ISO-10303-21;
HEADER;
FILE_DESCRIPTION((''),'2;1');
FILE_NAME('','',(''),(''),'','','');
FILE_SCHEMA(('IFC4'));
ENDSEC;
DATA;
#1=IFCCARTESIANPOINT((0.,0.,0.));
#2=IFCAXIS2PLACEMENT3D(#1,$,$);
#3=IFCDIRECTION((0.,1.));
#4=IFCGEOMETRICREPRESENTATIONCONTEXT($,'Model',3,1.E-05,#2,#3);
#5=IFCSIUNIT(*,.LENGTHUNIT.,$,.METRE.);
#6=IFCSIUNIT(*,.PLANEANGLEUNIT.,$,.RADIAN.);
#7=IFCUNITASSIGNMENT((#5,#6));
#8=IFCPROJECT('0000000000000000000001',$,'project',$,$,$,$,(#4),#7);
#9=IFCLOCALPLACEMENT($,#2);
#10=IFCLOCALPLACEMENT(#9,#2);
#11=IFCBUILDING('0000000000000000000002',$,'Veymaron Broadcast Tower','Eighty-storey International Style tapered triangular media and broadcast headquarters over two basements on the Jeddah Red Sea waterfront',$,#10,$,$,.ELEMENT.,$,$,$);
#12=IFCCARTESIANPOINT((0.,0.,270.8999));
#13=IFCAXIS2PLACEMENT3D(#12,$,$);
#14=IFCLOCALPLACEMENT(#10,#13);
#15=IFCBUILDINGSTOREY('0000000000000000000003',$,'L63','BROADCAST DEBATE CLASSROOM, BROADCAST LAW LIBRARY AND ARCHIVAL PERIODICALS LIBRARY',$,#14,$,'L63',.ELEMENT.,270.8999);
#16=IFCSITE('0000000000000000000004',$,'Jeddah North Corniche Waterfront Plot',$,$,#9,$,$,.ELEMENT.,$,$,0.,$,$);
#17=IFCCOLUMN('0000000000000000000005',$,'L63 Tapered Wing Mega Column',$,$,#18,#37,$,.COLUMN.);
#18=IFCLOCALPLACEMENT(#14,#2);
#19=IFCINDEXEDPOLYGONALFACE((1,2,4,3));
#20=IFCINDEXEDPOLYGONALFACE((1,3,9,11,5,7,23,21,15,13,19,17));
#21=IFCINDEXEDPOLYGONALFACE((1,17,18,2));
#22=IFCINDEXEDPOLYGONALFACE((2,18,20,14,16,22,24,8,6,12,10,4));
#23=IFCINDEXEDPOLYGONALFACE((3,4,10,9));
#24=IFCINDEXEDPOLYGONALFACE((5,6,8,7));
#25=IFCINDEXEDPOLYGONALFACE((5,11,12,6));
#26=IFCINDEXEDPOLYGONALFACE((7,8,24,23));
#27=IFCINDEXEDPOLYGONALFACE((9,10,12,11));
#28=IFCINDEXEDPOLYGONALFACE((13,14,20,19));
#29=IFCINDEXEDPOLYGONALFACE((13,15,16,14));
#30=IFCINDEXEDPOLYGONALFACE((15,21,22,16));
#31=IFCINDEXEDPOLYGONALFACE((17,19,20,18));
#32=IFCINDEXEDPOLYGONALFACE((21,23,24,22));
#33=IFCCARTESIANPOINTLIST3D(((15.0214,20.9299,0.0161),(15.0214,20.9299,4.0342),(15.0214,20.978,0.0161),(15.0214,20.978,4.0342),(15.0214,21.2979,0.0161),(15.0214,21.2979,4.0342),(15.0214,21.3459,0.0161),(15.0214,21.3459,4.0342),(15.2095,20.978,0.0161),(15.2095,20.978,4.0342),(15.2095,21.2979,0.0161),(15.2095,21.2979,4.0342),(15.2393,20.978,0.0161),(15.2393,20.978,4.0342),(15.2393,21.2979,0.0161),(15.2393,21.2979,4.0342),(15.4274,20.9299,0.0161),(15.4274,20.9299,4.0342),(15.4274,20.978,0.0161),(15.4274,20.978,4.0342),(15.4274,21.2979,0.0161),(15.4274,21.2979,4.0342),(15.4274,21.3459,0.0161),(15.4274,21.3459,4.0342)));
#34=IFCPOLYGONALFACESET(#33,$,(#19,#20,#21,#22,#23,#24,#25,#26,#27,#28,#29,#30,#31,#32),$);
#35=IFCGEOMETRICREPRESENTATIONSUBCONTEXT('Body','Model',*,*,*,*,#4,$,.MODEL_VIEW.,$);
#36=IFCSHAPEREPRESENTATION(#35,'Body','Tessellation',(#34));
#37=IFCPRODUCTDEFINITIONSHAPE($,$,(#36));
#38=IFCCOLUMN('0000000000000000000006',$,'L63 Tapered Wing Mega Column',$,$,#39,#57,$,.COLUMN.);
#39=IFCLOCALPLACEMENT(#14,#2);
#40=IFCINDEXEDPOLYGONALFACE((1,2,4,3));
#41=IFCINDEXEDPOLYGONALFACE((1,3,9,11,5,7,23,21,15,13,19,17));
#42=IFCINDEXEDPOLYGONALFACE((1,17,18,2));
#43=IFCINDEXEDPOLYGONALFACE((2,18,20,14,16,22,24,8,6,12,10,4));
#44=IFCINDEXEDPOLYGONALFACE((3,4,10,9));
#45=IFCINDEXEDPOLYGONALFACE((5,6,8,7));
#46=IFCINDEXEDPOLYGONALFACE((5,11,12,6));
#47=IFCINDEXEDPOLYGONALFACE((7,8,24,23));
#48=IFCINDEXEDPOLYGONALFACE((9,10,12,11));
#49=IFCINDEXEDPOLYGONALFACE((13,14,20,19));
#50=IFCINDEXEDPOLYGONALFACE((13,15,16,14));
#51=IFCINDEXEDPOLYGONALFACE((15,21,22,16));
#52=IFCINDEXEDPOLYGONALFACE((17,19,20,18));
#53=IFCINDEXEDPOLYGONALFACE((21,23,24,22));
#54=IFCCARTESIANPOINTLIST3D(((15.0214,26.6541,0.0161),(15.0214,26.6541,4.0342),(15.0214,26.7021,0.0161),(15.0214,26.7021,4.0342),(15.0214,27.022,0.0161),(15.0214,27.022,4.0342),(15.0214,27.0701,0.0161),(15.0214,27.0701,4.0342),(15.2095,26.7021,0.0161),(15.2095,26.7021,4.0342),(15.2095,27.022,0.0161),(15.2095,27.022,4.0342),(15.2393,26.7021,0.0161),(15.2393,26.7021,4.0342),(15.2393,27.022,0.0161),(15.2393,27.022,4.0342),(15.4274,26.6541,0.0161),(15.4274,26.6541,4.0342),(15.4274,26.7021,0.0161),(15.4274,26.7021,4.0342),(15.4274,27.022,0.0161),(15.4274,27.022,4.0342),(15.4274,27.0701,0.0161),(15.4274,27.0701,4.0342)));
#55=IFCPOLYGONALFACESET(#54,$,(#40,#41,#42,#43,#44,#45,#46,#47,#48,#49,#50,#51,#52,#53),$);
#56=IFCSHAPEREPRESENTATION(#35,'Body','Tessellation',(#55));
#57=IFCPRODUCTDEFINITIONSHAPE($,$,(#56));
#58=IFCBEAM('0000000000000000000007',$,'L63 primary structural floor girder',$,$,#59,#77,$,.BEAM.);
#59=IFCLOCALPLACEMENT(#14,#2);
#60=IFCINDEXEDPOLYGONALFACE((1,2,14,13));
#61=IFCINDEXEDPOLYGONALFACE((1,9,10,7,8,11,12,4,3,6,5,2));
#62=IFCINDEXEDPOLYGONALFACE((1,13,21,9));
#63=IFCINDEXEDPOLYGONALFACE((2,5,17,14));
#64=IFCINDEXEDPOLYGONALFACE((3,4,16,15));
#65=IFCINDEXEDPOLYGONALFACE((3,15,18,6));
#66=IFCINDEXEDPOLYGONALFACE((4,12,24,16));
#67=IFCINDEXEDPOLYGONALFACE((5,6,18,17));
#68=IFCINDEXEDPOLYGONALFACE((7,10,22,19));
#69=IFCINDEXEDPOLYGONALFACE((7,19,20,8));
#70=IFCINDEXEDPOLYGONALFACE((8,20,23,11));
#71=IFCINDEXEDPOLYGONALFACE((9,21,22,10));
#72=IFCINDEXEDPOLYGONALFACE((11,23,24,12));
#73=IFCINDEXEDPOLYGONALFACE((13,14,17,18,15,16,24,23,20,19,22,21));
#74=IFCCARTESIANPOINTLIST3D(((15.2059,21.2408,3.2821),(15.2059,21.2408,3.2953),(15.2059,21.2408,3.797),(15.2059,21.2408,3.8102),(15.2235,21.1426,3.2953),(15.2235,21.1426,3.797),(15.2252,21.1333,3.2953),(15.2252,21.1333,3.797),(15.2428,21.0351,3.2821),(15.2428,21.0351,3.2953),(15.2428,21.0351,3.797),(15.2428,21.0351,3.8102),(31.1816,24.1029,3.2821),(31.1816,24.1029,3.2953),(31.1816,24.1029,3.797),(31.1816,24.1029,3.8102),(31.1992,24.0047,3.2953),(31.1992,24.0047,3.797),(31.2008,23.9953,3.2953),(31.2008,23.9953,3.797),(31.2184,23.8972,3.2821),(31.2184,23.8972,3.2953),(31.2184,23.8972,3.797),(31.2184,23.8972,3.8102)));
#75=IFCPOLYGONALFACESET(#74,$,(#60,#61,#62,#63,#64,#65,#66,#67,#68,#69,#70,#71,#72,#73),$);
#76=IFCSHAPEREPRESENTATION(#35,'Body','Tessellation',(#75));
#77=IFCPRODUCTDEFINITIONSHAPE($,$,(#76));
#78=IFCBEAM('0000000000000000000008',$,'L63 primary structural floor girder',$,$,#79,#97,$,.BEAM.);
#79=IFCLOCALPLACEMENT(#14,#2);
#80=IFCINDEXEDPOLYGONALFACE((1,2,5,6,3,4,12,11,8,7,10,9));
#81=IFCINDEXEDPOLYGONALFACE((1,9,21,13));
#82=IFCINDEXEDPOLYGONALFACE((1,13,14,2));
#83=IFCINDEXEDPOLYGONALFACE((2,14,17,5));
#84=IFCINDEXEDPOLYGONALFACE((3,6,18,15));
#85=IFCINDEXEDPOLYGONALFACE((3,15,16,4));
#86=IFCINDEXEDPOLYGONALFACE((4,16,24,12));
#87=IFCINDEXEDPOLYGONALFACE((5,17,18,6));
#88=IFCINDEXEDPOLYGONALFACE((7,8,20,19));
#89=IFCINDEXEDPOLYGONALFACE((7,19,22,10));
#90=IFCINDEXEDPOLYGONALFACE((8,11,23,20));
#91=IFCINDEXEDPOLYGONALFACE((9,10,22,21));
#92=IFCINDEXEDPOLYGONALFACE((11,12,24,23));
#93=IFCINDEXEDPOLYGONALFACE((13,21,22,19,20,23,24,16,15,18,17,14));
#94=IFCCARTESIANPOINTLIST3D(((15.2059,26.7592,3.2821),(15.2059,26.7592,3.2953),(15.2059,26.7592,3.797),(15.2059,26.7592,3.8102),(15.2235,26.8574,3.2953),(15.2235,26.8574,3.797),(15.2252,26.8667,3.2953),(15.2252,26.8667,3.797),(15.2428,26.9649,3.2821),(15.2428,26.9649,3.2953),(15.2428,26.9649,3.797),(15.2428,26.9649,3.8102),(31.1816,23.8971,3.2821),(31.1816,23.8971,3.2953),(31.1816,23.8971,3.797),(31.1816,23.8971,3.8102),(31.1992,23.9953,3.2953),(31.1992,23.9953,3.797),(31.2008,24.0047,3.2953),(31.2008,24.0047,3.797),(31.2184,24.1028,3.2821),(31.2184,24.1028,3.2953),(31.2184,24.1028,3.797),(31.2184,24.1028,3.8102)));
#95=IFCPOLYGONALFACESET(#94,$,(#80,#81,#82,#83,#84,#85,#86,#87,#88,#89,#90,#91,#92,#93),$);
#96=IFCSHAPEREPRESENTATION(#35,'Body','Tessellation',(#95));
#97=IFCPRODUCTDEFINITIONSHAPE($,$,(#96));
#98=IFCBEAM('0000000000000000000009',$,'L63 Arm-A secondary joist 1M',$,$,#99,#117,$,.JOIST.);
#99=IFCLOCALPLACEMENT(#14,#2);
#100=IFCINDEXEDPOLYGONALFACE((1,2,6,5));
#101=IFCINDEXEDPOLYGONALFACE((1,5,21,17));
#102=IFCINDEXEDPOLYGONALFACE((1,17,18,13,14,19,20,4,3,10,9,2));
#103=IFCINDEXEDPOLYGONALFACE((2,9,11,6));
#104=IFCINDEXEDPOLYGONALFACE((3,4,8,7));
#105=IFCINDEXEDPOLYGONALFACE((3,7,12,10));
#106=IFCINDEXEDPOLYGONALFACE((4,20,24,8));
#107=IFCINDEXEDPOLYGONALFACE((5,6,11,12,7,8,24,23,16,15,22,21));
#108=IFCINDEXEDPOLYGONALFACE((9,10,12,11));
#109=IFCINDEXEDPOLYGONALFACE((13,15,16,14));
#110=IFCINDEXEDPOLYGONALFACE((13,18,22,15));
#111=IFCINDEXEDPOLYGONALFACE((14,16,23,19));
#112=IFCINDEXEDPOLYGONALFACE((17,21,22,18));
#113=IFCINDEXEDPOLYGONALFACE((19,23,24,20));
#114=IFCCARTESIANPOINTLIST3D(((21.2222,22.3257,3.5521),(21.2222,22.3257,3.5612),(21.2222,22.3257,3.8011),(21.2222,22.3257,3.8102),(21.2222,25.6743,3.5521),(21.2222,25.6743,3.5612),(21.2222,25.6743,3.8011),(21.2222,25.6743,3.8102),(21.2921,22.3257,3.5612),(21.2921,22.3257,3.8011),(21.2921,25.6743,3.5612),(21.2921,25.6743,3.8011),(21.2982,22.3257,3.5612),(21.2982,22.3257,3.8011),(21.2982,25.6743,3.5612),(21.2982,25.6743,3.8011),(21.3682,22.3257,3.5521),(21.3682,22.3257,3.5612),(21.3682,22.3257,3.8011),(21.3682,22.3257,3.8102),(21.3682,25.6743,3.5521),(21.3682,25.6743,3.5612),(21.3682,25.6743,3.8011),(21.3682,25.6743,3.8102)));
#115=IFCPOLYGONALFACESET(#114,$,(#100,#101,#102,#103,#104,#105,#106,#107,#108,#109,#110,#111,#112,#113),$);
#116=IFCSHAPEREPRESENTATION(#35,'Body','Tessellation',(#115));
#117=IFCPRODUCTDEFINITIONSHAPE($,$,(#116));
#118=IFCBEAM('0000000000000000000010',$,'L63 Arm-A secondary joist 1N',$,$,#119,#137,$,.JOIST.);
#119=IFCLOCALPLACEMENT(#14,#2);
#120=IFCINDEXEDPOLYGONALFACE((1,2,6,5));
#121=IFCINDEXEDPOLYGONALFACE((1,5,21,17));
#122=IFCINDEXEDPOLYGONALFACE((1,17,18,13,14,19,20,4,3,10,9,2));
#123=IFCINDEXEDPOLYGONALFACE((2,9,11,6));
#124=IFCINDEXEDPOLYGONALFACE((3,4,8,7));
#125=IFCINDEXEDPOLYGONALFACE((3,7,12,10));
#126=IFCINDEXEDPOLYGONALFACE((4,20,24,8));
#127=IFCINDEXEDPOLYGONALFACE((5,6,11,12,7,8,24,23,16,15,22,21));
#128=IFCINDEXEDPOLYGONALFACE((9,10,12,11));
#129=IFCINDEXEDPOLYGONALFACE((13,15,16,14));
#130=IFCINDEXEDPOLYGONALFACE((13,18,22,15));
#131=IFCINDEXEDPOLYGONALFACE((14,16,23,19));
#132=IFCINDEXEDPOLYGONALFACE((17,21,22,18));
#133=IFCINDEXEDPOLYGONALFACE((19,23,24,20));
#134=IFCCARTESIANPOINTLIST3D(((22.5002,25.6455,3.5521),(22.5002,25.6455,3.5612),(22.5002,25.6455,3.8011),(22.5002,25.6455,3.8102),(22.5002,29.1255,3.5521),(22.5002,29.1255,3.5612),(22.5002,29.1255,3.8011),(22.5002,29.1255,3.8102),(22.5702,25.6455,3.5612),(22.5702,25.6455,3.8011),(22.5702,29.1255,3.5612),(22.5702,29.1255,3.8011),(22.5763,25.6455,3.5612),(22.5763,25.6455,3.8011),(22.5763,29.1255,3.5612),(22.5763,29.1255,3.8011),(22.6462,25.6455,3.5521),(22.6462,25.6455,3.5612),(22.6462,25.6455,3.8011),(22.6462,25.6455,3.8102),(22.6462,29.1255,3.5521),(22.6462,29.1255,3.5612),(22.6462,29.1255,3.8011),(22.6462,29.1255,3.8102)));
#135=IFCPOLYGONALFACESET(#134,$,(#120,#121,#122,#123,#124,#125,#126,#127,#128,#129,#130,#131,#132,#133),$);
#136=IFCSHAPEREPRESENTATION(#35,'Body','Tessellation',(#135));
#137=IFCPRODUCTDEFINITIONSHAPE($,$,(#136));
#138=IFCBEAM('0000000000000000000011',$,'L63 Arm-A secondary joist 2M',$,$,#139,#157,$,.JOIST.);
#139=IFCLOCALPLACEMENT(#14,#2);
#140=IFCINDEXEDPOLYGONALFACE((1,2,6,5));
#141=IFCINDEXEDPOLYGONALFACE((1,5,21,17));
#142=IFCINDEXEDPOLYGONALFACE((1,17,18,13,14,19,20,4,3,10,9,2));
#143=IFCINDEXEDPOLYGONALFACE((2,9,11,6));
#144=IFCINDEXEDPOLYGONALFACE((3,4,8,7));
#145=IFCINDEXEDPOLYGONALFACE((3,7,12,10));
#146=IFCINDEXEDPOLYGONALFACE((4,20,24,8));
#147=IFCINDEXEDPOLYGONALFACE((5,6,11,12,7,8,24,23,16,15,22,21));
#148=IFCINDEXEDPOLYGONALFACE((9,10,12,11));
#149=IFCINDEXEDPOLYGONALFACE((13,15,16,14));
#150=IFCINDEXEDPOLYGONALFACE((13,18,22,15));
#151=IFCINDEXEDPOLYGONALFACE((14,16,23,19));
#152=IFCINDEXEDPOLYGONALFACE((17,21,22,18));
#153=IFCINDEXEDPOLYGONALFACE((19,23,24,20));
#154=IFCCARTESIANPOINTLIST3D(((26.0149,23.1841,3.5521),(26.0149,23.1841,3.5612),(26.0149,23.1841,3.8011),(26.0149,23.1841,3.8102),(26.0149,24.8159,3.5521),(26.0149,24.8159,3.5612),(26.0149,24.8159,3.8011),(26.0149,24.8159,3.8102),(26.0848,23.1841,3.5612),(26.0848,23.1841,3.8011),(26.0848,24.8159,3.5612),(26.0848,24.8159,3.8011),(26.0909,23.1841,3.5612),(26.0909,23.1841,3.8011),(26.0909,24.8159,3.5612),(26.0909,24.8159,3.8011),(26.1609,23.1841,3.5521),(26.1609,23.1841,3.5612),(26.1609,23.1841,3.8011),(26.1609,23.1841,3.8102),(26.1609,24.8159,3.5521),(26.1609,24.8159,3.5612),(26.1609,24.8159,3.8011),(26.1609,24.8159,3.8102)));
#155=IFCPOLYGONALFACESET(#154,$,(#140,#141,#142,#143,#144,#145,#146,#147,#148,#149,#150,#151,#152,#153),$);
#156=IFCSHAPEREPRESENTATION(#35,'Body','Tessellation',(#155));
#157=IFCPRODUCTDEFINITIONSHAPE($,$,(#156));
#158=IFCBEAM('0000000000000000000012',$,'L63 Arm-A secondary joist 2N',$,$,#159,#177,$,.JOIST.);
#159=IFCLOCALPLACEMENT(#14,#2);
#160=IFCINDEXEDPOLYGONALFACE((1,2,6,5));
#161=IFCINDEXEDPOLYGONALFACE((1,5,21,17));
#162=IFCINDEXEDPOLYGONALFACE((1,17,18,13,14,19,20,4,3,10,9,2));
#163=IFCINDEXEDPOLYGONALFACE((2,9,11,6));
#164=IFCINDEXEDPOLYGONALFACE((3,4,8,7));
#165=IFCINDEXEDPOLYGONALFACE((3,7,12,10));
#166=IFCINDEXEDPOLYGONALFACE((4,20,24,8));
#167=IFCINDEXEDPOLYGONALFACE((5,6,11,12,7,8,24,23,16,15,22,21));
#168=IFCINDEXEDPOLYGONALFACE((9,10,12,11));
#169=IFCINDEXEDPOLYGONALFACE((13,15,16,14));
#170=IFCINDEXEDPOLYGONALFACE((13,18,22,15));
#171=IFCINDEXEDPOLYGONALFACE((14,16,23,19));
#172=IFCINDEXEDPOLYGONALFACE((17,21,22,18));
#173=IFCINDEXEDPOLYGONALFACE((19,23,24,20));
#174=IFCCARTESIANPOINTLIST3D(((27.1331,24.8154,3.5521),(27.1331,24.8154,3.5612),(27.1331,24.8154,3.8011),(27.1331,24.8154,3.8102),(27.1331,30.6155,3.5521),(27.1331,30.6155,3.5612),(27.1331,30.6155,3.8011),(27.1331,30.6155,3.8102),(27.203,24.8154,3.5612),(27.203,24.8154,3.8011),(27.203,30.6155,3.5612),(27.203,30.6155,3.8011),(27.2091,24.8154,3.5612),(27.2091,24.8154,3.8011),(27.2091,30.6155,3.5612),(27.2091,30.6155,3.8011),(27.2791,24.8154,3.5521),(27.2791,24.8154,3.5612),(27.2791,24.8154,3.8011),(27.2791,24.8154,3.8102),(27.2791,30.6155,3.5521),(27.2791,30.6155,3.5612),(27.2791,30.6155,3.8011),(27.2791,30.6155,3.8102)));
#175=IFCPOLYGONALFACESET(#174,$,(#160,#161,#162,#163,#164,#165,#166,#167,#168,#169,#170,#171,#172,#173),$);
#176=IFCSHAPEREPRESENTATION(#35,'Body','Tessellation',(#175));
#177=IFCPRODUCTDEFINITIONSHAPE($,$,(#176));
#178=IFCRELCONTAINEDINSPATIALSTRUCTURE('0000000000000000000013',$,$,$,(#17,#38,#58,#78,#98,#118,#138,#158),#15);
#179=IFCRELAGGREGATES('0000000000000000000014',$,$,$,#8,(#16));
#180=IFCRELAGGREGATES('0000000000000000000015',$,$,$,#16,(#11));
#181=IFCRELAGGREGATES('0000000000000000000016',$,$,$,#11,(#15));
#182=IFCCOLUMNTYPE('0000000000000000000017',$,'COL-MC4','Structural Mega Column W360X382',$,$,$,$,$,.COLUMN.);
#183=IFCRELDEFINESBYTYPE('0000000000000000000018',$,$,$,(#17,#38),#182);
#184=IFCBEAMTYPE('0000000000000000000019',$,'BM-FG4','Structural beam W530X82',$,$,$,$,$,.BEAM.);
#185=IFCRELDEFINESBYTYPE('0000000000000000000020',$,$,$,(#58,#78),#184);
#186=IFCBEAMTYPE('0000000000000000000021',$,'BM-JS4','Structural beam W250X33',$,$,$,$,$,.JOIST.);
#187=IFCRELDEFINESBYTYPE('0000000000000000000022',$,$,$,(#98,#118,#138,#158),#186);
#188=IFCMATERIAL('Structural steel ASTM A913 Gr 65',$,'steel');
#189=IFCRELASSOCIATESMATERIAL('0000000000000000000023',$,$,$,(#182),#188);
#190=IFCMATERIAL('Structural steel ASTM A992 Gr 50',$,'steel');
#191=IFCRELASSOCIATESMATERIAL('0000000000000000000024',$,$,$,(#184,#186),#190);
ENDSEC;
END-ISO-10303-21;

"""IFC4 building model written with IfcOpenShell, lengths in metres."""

from ifc_helpers import new_model, si_unit, direction, frame, origin, origin_2d, place, context, subcontext, project, spatial, i_section, extrude, material, material_profile, profile_set, type_object, element, save


model = new_model("IFC4")

# Units and contexts
model_context = context("Model", 3, precision=1e-05, world=origin(), true_north=direction((0.0, 1.0)))
body_context = subcontext(model_context, "Body", "Model", "MODEL_VIEW")
ifc_project = project(units=[si_unit("LENGTHUNIT", "METRE"), si_unit("PLANEANGLEUNIT", "RADIAN")], contexts=[model_context])

# Site, building, storey
site_placement = place(None, origin())
site = spatial("IfcSite", under=ifc_project, at=site_placement, Name="Jeddah North Corniche Waterfront Plot", CompositionType="ELEMENT", RefElevation=0.0)
building_placement = place(site_placement, origin())
building = spatial("IfcBuilding", under=site, at=building_placement, Name="Veymaron Broadcast Tower", Description="Eighty-storey International Style tapered triangular media and broadcast headquarters over two basements on the Jeddah Red Sea waterfront", CompositionType="ELEMENT")
storey_placement = place(building_placement, frame((0.0, 0.0, 270.8999)))
storey = spatial("IfcBuildingStorey", under=building, at=storey_placement, Name="L63", Description="BROADCAST DEBATE CLASSROOM, BROADCAST LAW LIBRARY AND ARCHIVAL PERIODICALS LIBRARY", LongName="L63", CompositionType="ELEMENT", Elevation=270.8999)

# Columns
ifc_material_1 = material(Name="Structural steel ASTM A913 Gr 65", Category="steel")
ifc_material_profile_1 = material_profile(ifc_material_1, i_section(OverallWidth=0.406, OverallDepth=0.416, WebThickness=0.0298, FlangeThickness=0.0481, at=origin_2d()), Name="W360X382")
ifc_profile_set_1 = profile_set([ifc_material_profile_1], Name="Structural steel ASTM A913 Gr 65")
column_type = type_object("IfcColumnType", Name="COL-MC4", Description="Structural Mega Column W360X382", PredefinedType="COLUMN", material=ifc_profile_set_1)
for number, where, z_axis, x_axis, name in (
    (1, (15.2244, 21.1379, 0.0161), (0.0, 0.0, 1.0), (1.0, 0.0, 0.0), "L63 Tapered Wing Mega Column"),
    (2, (15.2244, 26.8621, 0.0161), (0.0, 0.0, 1.0), (1.0, 0.0, 0.0), "L63 Tapered Wing Mega Column"),
):
    element("IfcColumn", number, at=place(storey_placement, frame(where, z_axis=z_axis, x_axis=x_axis)), inside=storey, type_object=column_type, Name=name, PredefinedType="COLUMN", context=body_context, shape_type="SweptSolid", body=[
        extrude(i_section(OverallWidth=0.406, OverallDepth=0.416, WebThickness=0.0298, FlangeThickness=0.0481, at=origin_2d()), origin(), (0.0, 0.0, 1.0), 4.0181),
    ])

# Beams
ifc_material_2 = material(Name="Structural steel ASTM A992 Gr 50", Category="steel")
ifc_material_profile_2 = material_profile(ifc_material_2, i_section(OverallWidth=0.209, OverallDepth=0.5281, WebThickness=0.0095, FlangeThickness=0.0132, at=origin_2d()), Name="W530X82")
ifc_profile_set_2 = profile_set([ifc_material_profile_2], Name="Structural steel ASTM A992 Gr 50")
beam_type_1 = type_object("IfcBeamType", Name="BM-FG4", Description="Structural beam W530X82", PredefinedType="BEAM", material=ifc_profile_set_2)
for number, where, z_axis, x_axis, name in (
    (3, (15.2244, 21.1379, 3.5461), (0.984328, 0.176345, 0.0), (-0.176345, 0.984328, 0.0), "L63 primary structural floor girder"),
    (4, (15.2244, 26.8621, 3.5461), (0.984328, -0.176345, 0.0), (0.176345, 0.984328, 0.0), "L63 primary structural floor girder"),
):
    element("IfcBeam", number, at=place(storey_placement, frame(where, z_axis=z_axis, x_axis=x_axis)), inside=storey, type_object=beam_type_1, Name=name, PredefinedType="BEAM", context=body_context, shape_type="SweptSolid", body=[
        extrude(i_section(OverallWidth=0.209, OverallDepth=0.5281, WebThickness=0.0095, FlangeThickness=0.0132, at=origin_2d()), origin(), (0.0, 0.0, 1.0), 16.23),
    ])
ifc_material_profile_3 = material_profile(ifc_material_2, i_section(OverallWidth=0.146, OverallDepth=0.2581, WebThickness=0.0061, FlangeThickness=0.009, at=origin_2d()), Name="W250X33")
ifc_profile_set_3 = profile_set([ifc_material_profile_3], Name="Structural steel ASTM A992 Gr 50")
beam_type_2 = type_object("IfcBeamType", Name="BM-JS4", Description="Structural beam W250X33", PredefinedType="JOIST", material=ifc_profile_set_3)
beam_1_placement = place(storey_placement, frame((21.2952, 22.3257, 3.6812), z_axis=(0.0, 1.0, 0.0), x_axis=(-1.0, 0.0, 0.0)))
element("IfcBeam", 5, at=beam_1_placement, inside=storey, type_object=beam_type_2, Name="L63 Arm-A secondary joist 1M", PredefinedType="JOIST", context=body_context, shape_type="SweptSolid", body=[
    extrude(i_section(OverallWidth=0.146, OverallDepth=0.2581, WebThickness=0.0061, FlangeThickness=0.009, at=origin_2d()), origin(), (0.0, 0.0, 1.0), 3.3486),
])
beam_2_placement = place(storey_placement, frame((22.5732, 25.6455, 3.6812), z_axis=(0.0, 1.0, 0.0), x_axis=(-1.0, 0.0, 0.0)))
element("IfcBeam", 6, at=beam_2_placement, inside=storey, type_object=beam_type_2, Name="L63 Arm-A secondary joist 1N", PredefinedType="JOIST", context=body_context, shape_type="SweptSolid", body=[
    extrude(i_section(OverallWidth=0.146, OverallDepth=0.2581, WebThickness=0.0061, FlangeThickness=0.009, at=origin_2d()), origin(), (0.0, 0.0, 1.0), 3.48),
])
beam_3_placement = place(storey_placement, frame((26.0879, 23.1841, 3.6812), z_axis=(0.0, 1.0, 0.0), x_axis=(-1.0, 0.0, 0.0)))
element("IfcBeam", 7, at=beam_3_placement, inside=storey, type_object=beam_type_2, Name="L63 Arm-A secondary joist 2M", PredefinedType="JOIST", context=body_context, shape_type="SweptSolid", body=[
    extrude(i_section(OverallWidth=0.146, OverallDepth=0.2581, WebThickness=0.0061, FlangeThickness=0.009, at=origin_2d()), origin(), (0.0, 0.0, 1.0), 1.6318),
])
beam_4_placement = place(storey_placement, frame((27.2061, 24.8154, 3.6812), z_axis=(0.0, 1.0, 0.0), x_axis=(-1.0, 0.0, 0.0)))
element("IfcBeam", 8, at=beam_4_placement, inside=storey, type_object=beam_type_2, Name="L63 Arm-A secondary joist 2N", PredefinedType="JOIST", context=body_context, shape_type="SweptSolid", body=[
    extrude(i_section(OverallWidth=0.146, OverallDepth=0.2581, WebThickness=0.0061, FlangeThickness=0.009, at=origin_2d()), origin(), (0.0, 0.0, 1.0), 5.8),
])

save(model, "model.ifc")
